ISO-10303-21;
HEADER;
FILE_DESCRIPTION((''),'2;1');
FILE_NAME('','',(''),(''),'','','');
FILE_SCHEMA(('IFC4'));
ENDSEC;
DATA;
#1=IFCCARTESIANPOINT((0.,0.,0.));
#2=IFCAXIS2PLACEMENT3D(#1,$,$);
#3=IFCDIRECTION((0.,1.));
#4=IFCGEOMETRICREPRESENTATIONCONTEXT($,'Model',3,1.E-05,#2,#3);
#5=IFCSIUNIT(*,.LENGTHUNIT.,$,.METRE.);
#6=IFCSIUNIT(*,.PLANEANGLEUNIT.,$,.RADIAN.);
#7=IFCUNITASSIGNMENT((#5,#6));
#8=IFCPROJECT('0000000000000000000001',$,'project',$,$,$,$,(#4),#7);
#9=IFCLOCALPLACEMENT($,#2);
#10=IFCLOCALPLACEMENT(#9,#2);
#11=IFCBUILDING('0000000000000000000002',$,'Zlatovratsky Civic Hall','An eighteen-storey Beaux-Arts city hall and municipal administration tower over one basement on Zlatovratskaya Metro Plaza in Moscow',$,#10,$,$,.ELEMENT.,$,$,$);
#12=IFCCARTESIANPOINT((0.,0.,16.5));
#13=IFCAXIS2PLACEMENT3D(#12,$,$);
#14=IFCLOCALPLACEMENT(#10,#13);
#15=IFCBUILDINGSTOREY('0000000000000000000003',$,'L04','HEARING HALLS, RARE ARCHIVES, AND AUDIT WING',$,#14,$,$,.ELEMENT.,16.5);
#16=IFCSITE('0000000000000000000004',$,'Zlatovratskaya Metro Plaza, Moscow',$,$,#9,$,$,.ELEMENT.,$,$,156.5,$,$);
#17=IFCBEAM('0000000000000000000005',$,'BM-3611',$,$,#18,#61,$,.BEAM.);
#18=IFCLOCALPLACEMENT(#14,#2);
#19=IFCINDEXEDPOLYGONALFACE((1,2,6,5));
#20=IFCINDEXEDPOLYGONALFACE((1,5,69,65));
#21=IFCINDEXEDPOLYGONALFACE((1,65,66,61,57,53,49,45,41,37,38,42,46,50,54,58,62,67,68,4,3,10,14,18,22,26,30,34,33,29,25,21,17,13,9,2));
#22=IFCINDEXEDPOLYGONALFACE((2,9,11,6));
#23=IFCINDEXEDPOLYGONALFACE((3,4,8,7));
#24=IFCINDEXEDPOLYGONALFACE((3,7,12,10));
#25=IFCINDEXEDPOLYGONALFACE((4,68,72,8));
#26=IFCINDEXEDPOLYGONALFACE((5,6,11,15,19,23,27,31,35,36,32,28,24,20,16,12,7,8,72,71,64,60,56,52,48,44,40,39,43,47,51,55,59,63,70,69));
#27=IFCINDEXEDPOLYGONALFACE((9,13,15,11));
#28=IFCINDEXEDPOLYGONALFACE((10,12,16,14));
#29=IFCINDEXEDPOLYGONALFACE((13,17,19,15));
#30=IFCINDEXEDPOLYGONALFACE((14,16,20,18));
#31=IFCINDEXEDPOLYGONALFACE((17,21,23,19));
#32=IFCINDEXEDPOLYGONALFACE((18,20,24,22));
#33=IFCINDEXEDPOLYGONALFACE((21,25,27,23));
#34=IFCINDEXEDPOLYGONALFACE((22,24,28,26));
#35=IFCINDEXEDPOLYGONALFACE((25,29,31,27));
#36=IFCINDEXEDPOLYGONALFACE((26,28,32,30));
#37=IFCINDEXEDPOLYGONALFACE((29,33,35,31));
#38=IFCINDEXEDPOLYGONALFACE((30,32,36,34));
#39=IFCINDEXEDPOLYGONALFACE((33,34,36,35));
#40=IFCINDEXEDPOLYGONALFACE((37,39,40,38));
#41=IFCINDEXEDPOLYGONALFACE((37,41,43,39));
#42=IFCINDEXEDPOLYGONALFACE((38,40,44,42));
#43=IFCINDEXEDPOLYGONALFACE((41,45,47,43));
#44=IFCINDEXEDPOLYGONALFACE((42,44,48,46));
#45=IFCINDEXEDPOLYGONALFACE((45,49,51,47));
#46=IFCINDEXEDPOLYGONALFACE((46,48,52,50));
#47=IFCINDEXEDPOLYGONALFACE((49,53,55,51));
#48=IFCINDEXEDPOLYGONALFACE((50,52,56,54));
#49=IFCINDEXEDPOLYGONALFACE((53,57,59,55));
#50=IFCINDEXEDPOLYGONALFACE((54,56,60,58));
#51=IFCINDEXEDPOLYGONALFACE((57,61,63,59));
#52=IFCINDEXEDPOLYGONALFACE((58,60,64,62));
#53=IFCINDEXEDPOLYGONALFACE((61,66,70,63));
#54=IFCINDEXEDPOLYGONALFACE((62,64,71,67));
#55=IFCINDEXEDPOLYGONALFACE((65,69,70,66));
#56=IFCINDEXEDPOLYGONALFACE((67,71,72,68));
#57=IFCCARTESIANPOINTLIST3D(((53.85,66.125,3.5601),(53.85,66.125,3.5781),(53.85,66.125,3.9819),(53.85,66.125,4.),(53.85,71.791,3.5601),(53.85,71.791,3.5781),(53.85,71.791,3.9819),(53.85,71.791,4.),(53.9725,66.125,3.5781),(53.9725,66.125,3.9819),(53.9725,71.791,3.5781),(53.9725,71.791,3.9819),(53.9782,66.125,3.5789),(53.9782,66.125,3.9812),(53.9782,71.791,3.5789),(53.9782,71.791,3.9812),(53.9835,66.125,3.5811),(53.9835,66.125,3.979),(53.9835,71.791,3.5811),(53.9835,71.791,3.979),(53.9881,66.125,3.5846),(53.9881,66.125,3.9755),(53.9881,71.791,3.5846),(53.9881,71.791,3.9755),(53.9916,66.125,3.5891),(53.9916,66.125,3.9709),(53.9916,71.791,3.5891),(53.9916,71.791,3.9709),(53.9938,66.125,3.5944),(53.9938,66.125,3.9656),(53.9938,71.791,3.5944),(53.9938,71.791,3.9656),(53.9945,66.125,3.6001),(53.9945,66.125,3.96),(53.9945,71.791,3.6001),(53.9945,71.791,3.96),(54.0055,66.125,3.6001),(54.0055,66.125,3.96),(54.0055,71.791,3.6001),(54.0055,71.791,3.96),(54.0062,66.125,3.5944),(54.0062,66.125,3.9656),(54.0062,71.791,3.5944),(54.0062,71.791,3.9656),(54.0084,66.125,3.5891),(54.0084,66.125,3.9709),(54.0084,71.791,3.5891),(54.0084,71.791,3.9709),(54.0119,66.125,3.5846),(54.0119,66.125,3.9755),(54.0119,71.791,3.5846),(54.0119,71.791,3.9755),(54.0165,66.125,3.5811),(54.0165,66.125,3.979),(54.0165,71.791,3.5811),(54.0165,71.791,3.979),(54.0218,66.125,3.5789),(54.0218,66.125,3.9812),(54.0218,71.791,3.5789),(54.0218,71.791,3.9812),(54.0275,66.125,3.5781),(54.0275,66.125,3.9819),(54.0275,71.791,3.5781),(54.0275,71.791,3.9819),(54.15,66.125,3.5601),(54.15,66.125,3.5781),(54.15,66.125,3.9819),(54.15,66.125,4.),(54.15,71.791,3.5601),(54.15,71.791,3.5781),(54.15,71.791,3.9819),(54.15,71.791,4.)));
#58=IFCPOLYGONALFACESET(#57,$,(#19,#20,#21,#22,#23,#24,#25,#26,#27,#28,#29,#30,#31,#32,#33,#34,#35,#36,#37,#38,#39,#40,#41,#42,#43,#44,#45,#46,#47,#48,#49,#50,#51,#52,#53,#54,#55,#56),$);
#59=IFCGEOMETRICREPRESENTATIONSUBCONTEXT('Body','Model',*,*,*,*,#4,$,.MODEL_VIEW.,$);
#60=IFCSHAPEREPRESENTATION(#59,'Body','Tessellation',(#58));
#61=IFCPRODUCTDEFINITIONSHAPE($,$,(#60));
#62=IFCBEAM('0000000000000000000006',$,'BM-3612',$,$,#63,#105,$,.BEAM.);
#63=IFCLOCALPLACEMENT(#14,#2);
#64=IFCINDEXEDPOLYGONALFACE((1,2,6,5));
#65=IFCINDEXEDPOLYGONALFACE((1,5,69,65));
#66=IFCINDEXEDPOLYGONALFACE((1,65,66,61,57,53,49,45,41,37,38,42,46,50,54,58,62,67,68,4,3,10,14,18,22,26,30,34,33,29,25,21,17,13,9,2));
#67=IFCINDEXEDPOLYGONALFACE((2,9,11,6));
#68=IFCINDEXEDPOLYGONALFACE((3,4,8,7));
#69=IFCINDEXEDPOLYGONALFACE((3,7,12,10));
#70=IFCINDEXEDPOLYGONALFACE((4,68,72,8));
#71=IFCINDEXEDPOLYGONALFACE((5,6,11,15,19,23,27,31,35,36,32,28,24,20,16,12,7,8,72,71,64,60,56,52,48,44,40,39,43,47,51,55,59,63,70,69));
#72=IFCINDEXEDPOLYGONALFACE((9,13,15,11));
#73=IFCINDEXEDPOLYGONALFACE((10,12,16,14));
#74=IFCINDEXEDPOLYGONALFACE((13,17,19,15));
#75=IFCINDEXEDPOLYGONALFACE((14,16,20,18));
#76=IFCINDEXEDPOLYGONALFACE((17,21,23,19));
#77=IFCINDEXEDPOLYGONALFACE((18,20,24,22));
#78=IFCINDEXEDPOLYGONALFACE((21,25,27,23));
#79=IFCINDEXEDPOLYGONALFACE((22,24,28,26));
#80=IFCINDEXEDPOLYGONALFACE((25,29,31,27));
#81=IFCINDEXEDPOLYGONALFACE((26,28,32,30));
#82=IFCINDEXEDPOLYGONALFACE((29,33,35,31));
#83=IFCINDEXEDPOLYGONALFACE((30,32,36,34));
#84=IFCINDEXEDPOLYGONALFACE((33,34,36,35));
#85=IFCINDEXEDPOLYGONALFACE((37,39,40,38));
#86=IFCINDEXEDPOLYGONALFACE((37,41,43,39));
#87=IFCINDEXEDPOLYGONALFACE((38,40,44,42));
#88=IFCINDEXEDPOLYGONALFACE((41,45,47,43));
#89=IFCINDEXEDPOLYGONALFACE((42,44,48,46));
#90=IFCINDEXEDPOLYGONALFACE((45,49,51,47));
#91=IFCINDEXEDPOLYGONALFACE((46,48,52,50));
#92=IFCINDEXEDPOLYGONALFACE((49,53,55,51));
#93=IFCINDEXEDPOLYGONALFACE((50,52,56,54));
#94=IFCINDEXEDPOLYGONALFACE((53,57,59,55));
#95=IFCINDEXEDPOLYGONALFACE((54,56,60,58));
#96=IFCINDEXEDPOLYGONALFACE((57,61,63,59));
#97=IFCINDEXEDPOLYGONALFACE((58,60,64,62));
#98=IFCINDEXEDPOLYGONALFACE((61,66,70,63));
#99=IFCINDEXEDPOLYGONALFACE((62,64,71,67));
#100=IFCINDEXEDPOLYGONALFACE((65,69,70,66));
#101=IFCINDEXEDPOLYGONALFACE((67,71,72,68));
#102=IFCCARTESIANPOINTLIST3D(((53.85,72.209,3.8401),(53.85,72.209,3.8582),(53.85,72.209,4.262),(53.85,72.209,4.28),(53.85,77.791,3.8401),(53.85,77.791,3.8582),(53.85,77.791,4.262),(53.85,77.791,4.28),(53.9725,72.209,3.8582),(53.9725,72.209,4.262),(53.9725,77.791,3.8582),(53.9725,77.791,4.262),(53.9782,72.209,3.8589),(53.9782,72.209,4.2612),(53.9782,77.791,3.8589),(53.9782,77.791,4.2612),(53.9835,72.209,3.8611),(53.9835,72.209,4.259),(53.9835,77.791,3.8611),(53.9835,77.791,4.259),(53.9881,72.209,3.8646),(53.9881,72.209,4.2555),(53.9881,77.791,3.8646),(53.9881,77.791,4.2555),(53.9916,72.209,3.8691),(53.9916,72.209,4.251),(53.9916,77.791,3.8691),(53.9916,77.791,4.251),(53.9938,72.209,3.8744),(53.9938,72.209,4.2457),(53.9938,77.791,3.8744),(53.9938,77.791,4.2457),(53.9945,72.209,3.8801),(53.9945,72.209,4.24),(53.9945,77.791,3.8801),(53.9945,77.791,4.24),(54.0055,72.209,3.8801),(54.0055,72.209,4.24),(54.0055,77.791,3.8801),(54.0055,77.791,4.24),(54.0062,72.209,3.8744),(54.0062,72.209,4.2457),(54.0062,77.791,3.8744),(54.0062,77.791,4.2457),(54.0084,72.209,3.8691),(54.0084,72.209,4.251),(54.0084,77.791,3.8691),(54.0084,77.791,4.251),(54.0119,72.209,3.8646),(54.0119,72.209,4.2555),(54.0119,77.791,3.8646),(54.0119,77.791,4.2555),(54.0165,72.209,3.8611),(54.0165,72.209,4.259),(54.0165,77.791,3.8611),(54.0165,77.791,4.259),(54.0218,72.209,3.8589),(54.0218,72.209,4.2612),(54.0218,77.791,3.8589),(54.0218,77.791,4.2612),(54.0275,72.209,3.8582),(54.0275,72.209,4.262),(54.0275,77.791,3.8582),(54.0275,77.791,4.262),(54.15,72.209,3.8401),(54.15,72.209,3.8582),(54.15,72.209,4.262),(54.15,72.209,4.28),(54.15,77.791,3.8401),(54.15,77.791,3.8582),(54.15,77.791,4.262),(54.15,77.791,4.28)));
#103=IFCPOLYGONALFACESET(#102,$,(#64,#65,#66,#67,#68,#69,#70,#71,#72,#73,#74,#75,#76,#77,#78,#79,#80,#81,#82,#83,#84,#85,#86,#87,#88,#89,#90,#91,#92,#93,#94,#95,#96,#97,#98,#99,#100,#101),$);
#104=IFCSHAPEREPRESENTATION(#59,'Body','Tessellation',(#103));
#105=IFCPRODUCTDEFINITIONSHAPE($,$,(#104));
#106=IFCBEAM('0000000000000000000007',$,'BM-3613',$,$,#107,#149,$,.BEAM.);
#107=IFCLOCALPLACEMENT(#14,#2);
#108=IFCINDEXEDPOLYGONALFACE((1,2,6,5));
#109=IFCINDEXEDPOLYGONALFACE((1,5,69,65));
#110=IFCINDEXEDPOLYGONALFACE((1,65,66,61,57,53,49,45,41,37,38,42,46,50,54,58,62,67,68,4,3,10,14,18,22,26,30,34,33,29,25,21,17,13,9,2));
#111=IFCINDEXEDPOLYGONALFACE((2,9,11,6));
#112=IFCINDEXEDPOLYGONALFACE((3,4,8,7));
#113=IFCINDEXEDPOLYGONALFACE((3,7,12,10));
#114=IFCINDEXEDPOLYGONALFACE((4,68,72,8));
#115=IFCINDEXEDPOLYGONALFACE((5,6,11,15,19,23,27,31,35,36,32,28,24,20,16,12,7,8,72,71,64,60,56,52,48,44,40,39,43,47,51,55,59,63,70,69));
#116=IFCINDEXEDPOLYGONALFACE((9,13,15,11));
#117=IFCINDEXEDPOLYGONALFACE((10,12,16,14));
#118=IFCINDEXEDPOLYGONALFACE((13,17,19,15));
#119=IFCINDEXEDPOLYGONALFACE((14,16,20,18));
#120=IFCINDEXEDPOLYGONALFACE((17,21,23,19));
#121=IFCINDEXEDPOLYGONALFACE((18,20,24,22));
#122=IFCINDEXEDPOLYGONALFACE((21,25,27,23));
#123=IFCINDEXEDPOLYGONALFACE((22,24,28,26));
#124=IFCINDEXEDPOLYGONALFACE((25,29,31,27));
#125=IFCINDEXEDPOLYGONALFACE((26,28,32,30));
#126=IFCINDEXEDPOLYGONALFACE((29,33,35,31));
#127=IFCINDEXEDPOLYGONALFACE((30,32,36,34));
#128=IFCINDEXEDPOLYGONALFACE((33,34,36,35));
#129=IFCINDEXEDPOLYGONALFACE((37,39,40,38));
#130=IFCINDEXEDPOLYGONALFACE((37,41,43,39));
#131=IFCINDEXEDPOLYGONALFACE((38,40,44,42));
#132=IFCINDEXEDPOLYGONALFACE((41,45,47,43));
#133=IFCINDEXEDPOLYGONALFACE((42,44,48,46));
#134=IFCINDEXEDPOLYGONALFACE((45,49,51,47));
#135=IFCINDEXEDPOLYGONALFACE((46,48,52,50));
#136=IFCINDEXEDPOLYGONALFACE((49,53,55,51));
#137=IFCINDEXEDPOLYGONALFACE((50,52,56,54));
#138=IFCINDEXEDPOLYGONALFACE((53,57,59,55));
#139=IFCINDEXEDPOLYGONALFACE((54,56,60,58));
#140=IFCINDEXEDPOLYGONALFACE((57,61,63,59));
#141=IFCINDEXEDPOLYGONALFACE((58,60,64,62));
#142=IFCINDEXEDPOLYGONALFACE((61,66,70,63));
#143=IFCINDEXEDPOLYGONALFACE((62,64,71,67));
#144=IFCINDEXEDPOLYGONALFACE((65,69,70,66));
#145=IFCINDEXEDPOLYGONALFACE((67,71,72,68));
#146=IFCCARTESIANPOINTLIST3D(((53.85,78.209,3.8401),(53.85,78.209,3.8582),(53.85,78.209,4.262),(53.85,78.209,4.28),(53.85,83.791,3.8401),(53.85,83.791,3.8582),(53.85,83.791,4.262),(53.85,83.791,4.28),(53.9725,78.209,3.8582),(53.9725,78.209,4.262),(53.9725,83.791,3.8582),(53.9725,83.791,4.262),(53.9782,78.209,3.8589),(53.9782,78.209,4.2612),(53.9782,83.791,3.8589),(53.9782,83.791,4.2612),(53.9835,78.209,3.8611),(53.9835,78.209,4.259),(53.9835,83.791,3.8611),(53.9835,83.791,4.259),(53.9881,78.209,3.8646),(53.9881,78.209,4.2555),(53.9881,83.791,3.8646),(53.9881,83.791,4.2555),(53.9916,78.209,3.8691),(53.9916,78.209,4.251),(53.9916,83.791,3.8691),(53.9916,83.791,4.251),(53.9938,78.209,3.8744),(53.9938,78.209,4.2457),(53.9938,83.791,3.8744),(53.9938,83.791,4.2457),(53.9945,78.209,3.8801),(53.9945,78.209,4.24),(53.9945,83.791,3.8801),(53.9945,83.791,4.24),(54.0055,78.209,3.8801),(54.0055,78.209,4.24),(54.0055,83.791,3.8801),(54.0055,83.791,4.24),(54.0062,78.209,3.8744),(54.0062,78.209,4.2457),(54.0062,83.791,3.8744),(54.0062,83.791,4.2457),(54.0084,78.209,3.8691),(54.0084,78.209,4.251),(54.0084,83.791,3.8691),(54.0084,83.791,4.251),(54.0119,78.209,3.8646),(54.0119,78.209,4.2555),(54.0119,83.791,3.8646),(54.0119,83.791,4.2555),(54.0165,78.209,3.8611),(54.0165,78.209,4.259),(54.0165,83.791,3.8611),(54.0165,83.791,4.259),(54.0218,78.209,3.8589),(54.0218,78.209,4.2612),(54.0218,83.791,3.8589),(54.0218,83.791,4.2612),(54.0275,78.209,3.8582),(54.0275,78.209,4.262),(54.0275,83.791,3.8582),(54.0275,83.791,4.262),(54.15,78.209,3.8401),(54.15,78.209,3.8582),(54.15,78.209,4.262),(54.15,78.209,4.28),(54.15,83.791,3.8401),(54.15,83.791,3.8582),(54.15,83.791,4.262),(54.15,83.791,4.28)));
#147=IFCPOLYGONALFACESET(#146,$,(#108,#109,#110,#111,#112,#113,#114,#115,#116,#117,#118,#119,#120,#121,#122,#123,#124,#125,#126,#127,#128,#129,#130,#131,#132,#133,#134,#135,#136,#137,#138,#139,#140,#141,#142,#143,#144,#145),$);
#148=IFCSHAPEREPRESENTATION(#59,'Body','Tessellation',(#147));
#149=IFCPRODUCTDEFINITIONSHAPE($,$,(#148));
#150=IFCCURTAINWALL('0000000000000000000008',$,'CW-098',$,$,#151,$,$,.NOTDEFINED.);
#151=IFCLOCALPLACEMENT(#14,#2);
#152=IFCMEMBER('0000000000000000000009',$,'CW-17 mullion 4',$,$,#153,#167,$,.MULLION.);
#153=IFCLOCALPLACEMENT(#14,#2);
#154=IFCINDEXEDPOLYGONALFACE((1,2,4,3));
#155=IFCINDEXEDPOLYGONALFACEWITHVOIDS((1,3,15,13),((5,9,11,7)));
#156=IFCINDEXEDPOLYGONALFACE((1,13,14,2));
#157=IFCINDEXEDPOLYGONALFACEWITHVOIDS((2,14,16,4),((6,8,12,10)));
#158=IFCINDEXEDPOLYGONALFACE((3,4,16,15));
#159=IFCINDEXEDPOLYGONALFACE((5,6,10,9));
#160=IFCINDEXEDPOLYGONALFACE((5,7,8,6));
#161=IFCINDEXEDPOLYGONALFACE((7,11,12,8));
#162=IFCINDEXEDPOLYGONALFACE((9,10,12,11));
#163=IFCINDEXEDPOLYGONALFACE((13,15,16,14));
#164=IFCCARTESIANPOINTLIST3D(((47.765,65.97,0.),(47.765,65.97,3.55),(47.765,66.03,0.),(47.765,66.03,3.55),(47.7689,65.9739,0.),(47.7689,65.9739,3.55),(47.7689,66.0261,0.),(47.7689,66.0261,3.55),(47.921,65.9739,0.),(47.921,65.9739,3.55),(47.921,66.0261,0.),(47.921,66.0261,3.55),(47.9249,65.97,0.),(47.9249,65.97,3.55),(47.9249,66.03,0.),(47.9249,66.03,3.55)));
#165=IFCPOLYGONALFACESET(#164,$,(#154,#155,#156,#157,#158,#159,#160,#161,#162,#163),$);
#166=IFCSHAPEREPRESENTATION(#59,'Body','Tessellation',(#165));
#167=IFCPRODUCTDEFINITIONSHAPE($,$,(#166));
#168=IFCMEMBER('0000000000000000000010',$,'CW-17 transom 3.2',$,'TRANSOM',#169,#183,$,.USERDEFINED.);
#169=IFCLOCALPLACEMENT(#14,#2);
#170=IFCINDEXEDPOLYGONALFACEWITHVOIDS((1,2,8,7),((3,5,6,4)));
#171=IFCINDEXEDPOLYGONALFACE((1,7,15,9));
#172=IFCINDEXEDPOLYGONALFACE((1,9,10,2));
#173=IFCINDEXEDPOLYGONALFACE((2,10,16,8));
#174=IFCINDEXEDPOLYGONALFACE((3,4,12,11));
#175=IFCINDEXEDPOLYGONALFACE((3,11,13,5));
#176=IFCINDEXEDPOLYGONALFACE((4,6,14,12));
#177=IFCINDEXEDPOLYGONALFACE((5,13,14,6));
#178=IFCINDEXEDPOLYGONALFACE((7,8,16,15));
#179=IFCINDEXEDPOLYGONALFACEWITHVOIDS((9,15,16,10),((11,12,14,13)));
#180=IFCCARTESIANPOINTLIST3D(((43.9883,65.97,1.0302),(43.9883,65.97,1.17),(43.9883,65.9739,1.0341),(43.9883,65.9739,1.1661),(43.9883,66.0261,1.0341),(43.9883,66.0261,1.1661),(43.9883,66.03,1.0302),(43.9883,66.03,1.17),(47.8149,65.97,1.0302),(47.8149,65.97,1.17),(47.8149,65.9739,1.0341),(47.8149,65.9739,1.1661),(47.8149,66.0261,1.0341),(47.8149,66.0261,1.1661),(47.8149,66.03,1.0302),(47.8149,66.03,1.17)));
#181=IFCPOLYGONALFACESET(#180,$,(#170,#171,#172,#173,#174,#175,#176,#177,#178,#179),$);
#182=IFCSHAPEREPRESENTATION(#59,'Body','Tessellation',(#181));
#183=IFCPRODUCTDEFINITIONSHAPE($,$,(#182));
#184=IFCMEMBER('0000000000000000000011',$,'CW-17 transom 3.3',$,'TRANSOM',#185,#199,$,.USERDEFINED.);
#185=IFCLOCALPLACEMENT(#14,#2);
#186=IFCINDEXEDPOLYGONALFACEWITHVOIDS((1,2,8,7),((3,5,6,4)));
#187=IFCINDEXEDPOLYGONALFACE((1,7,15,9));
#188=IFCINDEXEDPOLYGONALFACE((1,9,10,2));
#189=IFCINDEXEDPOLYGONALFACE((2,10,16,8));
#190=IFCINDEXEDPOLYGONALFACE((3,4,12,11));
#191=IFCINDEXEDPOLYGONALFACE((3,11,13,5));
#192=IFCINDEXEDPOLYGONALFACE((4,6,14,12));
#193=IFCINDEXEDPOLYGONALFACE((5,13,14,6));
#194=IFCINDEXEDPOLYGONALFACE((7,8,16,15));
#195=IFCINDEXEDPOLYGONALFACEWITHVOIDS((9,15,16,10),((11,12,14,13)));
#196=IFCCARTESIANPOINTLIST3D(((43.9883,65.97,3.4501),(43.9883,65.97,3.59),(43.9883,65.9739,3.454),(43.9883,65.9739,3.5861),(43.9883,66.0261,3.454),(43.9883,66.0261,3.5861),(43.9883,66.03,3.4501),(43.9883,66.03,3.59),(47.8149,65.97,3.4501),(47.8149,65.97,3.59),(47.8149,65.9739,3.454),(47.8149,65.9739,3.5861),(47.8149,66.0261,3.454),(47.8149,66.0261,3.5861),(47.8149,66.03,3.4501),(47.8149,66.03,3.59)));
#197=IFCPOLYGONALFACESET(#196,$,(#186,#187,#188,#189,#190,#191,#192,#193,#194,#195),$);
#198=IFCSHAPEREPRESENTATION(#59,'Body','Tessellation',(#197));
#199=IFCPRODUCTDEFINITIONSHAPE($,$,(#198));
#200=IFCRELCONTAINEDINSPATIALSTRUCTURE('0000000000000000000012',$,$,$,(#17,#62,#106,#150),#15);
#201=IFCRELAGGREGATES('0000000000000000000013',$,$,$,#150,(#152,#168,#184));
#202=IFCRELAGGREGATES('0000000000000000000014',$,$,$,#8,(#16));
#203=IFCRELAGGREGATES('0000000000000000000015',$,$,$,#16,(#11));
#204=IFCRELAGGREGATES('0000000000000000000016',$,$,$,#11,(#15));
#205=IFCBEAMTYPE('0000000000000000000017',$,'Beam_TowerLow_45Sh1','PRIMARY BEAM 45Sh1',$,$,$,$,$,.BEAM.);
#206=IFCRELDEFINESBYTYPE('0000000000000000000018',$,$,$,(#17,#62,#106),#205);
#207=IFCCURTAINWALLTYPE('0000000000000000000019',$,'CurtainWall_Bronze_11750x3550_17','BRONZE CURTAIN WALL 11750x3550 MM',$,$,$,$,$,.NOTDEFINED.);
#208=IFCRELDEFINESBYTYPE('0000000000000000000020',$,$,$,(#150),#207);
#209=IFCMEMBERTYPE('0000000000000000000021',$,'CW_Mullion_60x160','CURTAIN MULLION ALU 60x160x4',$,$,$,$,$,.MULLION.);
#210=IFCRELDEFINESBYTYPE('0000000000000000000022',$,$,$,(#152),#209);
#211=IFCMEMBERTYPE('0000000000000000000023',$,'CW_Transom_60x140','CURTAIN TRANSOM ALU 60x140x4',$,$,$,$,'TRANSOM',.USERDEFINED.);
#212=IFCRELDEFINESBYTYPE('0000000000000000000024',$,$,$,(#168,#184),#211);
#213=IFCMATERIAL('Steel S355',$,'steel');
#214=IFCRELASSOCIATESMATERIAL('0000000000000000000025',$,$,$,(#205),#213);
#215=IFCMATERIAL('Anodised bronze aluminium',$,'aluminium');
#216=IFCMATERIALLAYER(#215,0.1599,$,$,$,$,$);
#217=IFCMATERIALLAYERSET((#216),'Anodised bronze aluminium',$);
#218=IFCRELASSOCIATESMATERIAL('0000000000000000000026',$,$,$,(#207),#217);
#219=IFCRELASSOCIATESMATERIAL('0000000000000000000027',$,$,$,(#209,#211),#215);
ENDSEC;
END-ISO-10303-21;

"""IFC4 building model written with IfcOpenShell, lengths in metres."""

from ifc_helpers import new_model, si_unit, direction, frame, origin, origin_2d, place, context, subcontext, project, spatial, hollow_rectangle, i_section, extrude, material, layer, layer_set, material_profile, profile_set, type_object, element, aggregate, save


model = new_model("IFC4")

# Units and contexts
model_context = context("Model", 3, precision=1e-05, world=origin(), true_north=direction((0.0, 1.0)))
body_context = subcontext(model_context, "Body", "Model", "MODEL_VIEW")
ifc_project = project(units=[si_unit("LENGTHUNIT", "METRE"), si_unit("PLANEANGLEUNIT", "RADIAN")], contexts=[model_context])

# Site, building, storey
site_placement = place(None, origin())
site = spatial("IfcSite", under=ifc_project, at=site_placement, Name="Zlatovratskaya Metro Plaza, Moscow", CompositionType="ELEMENT", RefElevation=156.5)
building_placement = place(site_placement, origin())
building = spatial("IfcBuilding", under=site, at=building_placement, Name="Zlatovratsky Civic Hall", Description="An eighteen-storey Beaux-Arts city hall and municipal administration tower over one basement on Zlatovratskaya Metro Plaza in Moscow", CompositionType="ELEMENT")
storey_placement = place(building_placement, frame((0.0, 0.0, 16.5)))
storey = spatial("IfcBuildingStorey", under=building, at=storey_placement, Name="L04", Description="HEARING HALLS, RARE ARCHIVES, AND AUDIT WING", CompositionType="ELEMENT", Elevation=16.5)

# Shared definitions
ifc_material_1 = material(Name="Steel S355", Category="steel")

# Beams
ifc_material_profile_1 = material_profile(ifc_material_1, i_section(OverallWidth=0.3, OverallDepth=0.4399, WebThickness=0.011, FlangeThickness=0.0181, FilletRadius=0.022, at=origin_2d()), Name="45Sh1")
ifc_profile_set_1 = profile_set([ifc_material_profile_1], Name="Steel S355")
beam_type_1 = type_object("IfcBeamType", Name="Beam_TowerLow_45Sh1", Description="PRIMARY BEAM 45Sh1", PredefinedType="BEAM", material=ifc_profile_set_1)
beam_1_placement = place(storey_placement, frame((54.0, 66.125, 3.78), z_axis=(0.0, 1.0, 0.0), x_axis=(-1.0, 0.0, 0.0)))
element("IfcBeam", 1, at=beam_1_placement, inside=storey, type_object=beam_type_1, Name="BM-3611", PredefinedType="BEAM", context=body_context, shape_type="SweptSolid", body=[
    extrude(i_section(OverallWidth=0.3, OverallDepth=0.4399, WebThickness=0.011, FlangeThickness=0.0181, FilletRadius=0.022, at=origin_2d()), origin(), (0.0, 0.0, 1.0), 5.666),
])
for number, where, z_axis, x_axis, name in (
    (2, (54.0, 72.209, 4.0601), (0.0, 1.0, 0.0), (-1.0, 0.0, 0.0), "BM-3612"),
    (3, (54.0, 78.209, 4.0601), (0.0, 1.0, 0.0), (-1.0, 0.0, 0.0), "BM-3613"),
):
    element("IfcBeam", number, at=place(storey_placement, frame(where, z_axis=z_axis, x_axis=x_axis)), inside=storey, type_object=beam_type_1, Name=name, PredefinedType="BEAM", context=body_context, shape_type="SweptSolid", body=[
        extrude(i_section(OverallWidth=0.3, OverallDepth=0.4399, WebThickness=0.011, FlangeThickness=0.0181, FilletRadius=0.022, at=origin_2d()), origin(), (0.0, 0.0, 1.0), 5.582),
    ])

# Curtain wall, members
ifc_material_2 = material(Name="Anodised bronze aluminium", Category="aluminium")
ifc_layer_1 = layer(ifc_material_2, 0.1599)
ifc_layer_set_1 = layer_set([ifc_layer_1], Name="Anodised bronze aluminium")
curtain_wall_type = type_object("IfcCurtainWallType", Name="CurtainWall_Bronze_11750x3550_17", Description="BRONZE CURTAIN WALL 11750x3550 MM", PredefinedType="NOTDEFINED", material=ifc_layer_set_1)
curtain_wall_placement = place(storey_placement, origin())
curtain_wall = element("IfcCurtainWall", 4, at=curtain_wall_placement, inside=storey, type_object=curtain_wall_type, Name="CW-098", PredefinedType="NOTDEFINED")
ifc_material_profile_2 = material_profile(ifc_material_2, hollow_rectangle(XDim=0.0601, YDim=0.1599, WallThickness=0.0039, at=origin_2d()), Name="ALU 60x160x4")
ifc_profile_set_2 = profile_set([ifc_material_profile_2], Name="Anodised bronze aluminium")
member_type_1 = type_object("IfcMemberType", Name="CW_Mullion_60x160", Description="CURTAIN MULLION ALU 60x160x4", PredefinedType="MULLION", material=ifc_profile_set_2)
member_1_placement = place(storey_placement, frame((47.845, 66.0, 0.0), z_axis=(0.0, 0.0, 1.0), x_axis=(0.0, 1.0, 0.0)))
member_1 = element("IfcMember", 5, at=member_1_placement, type_object=member_type_1, Name="CW-17 mullion 4", PredefinedType="MULLION", context=body_context, shape_type="SweptSolid", body=[
    extrude(hollow_rectangle(XDim=0.0601, YDim=0.1599, WallThickness=0.0039, at=origin_2d()), origin(), (0.0, 0.0, 1.0), 3.55),
])
ifc_material_profile_3 = material_profile(ifc_material_2, hollow_rectangle(XDim=0.0601, YDim=0.1399, WallThickness=0.0039, at=origin_2d()), Name="ALU 60x140x4")
ifc_profile_set_3 = profile_set([ifc_material_profile_3], Name="Anodised bronze aluminium")
member_type_2 = type_object("IfcMemberType", Name="CW_Transom_60x140", Description="CURTAIN TRANSOM ALU 60x140x4", ElementType="TRANSOM", PredefinedType="USERDEFINED", material=ifc_profile_set_3)
member_2_placement = place(storey_placement, frame((43.9883, 66.0, 1.1001), z_axis=(1.0, 0.0, 0.0), x_axis=(0.0, 1.0, 0.0)))
member_2 = element("IfcMember", 6, at=member_2_placement, type_object=member_type_2, Name="CW-17 transom 3.2", ObjectType="TRANSOM", PredefinedType="USERDEFINED", context=body_context, shape_type="SweptSolid", body=[
    extrude(hollow_rectangle(XDim=0.0601, YDim=0.1399, WallThickness=0.0039, at=origin_2d()), origin(), (0.0, 0.0, 1.0), 3.8267),
])
member_3_placement = place(storey_placement, frame((43.9883, 66.0, 3.52), z_axis=(1.0, 0.0, 0.0), x_axis=(0.0, 1.0, 0.0)))
member_3 = element("IfcMember", 7, at=member_3_placement, type_object=member_type_2, Name="CW-17 transom 3.3", ObjectType="TRANSOM", PredefinedType="USERDEFINED", context=body_context, shape_type="SweptSolid", body=[
    extrude(hollow_rectangle(XDim=0.0601, YDim=0.1399, WallThickness=0.0039, at=origin_2d()), origin(), (0.0, 0.0, 1.0), 3.8267),
])

aggregate(curtain_wall, [member_1, member_2, member_3])

save(model, "model.ifc")
